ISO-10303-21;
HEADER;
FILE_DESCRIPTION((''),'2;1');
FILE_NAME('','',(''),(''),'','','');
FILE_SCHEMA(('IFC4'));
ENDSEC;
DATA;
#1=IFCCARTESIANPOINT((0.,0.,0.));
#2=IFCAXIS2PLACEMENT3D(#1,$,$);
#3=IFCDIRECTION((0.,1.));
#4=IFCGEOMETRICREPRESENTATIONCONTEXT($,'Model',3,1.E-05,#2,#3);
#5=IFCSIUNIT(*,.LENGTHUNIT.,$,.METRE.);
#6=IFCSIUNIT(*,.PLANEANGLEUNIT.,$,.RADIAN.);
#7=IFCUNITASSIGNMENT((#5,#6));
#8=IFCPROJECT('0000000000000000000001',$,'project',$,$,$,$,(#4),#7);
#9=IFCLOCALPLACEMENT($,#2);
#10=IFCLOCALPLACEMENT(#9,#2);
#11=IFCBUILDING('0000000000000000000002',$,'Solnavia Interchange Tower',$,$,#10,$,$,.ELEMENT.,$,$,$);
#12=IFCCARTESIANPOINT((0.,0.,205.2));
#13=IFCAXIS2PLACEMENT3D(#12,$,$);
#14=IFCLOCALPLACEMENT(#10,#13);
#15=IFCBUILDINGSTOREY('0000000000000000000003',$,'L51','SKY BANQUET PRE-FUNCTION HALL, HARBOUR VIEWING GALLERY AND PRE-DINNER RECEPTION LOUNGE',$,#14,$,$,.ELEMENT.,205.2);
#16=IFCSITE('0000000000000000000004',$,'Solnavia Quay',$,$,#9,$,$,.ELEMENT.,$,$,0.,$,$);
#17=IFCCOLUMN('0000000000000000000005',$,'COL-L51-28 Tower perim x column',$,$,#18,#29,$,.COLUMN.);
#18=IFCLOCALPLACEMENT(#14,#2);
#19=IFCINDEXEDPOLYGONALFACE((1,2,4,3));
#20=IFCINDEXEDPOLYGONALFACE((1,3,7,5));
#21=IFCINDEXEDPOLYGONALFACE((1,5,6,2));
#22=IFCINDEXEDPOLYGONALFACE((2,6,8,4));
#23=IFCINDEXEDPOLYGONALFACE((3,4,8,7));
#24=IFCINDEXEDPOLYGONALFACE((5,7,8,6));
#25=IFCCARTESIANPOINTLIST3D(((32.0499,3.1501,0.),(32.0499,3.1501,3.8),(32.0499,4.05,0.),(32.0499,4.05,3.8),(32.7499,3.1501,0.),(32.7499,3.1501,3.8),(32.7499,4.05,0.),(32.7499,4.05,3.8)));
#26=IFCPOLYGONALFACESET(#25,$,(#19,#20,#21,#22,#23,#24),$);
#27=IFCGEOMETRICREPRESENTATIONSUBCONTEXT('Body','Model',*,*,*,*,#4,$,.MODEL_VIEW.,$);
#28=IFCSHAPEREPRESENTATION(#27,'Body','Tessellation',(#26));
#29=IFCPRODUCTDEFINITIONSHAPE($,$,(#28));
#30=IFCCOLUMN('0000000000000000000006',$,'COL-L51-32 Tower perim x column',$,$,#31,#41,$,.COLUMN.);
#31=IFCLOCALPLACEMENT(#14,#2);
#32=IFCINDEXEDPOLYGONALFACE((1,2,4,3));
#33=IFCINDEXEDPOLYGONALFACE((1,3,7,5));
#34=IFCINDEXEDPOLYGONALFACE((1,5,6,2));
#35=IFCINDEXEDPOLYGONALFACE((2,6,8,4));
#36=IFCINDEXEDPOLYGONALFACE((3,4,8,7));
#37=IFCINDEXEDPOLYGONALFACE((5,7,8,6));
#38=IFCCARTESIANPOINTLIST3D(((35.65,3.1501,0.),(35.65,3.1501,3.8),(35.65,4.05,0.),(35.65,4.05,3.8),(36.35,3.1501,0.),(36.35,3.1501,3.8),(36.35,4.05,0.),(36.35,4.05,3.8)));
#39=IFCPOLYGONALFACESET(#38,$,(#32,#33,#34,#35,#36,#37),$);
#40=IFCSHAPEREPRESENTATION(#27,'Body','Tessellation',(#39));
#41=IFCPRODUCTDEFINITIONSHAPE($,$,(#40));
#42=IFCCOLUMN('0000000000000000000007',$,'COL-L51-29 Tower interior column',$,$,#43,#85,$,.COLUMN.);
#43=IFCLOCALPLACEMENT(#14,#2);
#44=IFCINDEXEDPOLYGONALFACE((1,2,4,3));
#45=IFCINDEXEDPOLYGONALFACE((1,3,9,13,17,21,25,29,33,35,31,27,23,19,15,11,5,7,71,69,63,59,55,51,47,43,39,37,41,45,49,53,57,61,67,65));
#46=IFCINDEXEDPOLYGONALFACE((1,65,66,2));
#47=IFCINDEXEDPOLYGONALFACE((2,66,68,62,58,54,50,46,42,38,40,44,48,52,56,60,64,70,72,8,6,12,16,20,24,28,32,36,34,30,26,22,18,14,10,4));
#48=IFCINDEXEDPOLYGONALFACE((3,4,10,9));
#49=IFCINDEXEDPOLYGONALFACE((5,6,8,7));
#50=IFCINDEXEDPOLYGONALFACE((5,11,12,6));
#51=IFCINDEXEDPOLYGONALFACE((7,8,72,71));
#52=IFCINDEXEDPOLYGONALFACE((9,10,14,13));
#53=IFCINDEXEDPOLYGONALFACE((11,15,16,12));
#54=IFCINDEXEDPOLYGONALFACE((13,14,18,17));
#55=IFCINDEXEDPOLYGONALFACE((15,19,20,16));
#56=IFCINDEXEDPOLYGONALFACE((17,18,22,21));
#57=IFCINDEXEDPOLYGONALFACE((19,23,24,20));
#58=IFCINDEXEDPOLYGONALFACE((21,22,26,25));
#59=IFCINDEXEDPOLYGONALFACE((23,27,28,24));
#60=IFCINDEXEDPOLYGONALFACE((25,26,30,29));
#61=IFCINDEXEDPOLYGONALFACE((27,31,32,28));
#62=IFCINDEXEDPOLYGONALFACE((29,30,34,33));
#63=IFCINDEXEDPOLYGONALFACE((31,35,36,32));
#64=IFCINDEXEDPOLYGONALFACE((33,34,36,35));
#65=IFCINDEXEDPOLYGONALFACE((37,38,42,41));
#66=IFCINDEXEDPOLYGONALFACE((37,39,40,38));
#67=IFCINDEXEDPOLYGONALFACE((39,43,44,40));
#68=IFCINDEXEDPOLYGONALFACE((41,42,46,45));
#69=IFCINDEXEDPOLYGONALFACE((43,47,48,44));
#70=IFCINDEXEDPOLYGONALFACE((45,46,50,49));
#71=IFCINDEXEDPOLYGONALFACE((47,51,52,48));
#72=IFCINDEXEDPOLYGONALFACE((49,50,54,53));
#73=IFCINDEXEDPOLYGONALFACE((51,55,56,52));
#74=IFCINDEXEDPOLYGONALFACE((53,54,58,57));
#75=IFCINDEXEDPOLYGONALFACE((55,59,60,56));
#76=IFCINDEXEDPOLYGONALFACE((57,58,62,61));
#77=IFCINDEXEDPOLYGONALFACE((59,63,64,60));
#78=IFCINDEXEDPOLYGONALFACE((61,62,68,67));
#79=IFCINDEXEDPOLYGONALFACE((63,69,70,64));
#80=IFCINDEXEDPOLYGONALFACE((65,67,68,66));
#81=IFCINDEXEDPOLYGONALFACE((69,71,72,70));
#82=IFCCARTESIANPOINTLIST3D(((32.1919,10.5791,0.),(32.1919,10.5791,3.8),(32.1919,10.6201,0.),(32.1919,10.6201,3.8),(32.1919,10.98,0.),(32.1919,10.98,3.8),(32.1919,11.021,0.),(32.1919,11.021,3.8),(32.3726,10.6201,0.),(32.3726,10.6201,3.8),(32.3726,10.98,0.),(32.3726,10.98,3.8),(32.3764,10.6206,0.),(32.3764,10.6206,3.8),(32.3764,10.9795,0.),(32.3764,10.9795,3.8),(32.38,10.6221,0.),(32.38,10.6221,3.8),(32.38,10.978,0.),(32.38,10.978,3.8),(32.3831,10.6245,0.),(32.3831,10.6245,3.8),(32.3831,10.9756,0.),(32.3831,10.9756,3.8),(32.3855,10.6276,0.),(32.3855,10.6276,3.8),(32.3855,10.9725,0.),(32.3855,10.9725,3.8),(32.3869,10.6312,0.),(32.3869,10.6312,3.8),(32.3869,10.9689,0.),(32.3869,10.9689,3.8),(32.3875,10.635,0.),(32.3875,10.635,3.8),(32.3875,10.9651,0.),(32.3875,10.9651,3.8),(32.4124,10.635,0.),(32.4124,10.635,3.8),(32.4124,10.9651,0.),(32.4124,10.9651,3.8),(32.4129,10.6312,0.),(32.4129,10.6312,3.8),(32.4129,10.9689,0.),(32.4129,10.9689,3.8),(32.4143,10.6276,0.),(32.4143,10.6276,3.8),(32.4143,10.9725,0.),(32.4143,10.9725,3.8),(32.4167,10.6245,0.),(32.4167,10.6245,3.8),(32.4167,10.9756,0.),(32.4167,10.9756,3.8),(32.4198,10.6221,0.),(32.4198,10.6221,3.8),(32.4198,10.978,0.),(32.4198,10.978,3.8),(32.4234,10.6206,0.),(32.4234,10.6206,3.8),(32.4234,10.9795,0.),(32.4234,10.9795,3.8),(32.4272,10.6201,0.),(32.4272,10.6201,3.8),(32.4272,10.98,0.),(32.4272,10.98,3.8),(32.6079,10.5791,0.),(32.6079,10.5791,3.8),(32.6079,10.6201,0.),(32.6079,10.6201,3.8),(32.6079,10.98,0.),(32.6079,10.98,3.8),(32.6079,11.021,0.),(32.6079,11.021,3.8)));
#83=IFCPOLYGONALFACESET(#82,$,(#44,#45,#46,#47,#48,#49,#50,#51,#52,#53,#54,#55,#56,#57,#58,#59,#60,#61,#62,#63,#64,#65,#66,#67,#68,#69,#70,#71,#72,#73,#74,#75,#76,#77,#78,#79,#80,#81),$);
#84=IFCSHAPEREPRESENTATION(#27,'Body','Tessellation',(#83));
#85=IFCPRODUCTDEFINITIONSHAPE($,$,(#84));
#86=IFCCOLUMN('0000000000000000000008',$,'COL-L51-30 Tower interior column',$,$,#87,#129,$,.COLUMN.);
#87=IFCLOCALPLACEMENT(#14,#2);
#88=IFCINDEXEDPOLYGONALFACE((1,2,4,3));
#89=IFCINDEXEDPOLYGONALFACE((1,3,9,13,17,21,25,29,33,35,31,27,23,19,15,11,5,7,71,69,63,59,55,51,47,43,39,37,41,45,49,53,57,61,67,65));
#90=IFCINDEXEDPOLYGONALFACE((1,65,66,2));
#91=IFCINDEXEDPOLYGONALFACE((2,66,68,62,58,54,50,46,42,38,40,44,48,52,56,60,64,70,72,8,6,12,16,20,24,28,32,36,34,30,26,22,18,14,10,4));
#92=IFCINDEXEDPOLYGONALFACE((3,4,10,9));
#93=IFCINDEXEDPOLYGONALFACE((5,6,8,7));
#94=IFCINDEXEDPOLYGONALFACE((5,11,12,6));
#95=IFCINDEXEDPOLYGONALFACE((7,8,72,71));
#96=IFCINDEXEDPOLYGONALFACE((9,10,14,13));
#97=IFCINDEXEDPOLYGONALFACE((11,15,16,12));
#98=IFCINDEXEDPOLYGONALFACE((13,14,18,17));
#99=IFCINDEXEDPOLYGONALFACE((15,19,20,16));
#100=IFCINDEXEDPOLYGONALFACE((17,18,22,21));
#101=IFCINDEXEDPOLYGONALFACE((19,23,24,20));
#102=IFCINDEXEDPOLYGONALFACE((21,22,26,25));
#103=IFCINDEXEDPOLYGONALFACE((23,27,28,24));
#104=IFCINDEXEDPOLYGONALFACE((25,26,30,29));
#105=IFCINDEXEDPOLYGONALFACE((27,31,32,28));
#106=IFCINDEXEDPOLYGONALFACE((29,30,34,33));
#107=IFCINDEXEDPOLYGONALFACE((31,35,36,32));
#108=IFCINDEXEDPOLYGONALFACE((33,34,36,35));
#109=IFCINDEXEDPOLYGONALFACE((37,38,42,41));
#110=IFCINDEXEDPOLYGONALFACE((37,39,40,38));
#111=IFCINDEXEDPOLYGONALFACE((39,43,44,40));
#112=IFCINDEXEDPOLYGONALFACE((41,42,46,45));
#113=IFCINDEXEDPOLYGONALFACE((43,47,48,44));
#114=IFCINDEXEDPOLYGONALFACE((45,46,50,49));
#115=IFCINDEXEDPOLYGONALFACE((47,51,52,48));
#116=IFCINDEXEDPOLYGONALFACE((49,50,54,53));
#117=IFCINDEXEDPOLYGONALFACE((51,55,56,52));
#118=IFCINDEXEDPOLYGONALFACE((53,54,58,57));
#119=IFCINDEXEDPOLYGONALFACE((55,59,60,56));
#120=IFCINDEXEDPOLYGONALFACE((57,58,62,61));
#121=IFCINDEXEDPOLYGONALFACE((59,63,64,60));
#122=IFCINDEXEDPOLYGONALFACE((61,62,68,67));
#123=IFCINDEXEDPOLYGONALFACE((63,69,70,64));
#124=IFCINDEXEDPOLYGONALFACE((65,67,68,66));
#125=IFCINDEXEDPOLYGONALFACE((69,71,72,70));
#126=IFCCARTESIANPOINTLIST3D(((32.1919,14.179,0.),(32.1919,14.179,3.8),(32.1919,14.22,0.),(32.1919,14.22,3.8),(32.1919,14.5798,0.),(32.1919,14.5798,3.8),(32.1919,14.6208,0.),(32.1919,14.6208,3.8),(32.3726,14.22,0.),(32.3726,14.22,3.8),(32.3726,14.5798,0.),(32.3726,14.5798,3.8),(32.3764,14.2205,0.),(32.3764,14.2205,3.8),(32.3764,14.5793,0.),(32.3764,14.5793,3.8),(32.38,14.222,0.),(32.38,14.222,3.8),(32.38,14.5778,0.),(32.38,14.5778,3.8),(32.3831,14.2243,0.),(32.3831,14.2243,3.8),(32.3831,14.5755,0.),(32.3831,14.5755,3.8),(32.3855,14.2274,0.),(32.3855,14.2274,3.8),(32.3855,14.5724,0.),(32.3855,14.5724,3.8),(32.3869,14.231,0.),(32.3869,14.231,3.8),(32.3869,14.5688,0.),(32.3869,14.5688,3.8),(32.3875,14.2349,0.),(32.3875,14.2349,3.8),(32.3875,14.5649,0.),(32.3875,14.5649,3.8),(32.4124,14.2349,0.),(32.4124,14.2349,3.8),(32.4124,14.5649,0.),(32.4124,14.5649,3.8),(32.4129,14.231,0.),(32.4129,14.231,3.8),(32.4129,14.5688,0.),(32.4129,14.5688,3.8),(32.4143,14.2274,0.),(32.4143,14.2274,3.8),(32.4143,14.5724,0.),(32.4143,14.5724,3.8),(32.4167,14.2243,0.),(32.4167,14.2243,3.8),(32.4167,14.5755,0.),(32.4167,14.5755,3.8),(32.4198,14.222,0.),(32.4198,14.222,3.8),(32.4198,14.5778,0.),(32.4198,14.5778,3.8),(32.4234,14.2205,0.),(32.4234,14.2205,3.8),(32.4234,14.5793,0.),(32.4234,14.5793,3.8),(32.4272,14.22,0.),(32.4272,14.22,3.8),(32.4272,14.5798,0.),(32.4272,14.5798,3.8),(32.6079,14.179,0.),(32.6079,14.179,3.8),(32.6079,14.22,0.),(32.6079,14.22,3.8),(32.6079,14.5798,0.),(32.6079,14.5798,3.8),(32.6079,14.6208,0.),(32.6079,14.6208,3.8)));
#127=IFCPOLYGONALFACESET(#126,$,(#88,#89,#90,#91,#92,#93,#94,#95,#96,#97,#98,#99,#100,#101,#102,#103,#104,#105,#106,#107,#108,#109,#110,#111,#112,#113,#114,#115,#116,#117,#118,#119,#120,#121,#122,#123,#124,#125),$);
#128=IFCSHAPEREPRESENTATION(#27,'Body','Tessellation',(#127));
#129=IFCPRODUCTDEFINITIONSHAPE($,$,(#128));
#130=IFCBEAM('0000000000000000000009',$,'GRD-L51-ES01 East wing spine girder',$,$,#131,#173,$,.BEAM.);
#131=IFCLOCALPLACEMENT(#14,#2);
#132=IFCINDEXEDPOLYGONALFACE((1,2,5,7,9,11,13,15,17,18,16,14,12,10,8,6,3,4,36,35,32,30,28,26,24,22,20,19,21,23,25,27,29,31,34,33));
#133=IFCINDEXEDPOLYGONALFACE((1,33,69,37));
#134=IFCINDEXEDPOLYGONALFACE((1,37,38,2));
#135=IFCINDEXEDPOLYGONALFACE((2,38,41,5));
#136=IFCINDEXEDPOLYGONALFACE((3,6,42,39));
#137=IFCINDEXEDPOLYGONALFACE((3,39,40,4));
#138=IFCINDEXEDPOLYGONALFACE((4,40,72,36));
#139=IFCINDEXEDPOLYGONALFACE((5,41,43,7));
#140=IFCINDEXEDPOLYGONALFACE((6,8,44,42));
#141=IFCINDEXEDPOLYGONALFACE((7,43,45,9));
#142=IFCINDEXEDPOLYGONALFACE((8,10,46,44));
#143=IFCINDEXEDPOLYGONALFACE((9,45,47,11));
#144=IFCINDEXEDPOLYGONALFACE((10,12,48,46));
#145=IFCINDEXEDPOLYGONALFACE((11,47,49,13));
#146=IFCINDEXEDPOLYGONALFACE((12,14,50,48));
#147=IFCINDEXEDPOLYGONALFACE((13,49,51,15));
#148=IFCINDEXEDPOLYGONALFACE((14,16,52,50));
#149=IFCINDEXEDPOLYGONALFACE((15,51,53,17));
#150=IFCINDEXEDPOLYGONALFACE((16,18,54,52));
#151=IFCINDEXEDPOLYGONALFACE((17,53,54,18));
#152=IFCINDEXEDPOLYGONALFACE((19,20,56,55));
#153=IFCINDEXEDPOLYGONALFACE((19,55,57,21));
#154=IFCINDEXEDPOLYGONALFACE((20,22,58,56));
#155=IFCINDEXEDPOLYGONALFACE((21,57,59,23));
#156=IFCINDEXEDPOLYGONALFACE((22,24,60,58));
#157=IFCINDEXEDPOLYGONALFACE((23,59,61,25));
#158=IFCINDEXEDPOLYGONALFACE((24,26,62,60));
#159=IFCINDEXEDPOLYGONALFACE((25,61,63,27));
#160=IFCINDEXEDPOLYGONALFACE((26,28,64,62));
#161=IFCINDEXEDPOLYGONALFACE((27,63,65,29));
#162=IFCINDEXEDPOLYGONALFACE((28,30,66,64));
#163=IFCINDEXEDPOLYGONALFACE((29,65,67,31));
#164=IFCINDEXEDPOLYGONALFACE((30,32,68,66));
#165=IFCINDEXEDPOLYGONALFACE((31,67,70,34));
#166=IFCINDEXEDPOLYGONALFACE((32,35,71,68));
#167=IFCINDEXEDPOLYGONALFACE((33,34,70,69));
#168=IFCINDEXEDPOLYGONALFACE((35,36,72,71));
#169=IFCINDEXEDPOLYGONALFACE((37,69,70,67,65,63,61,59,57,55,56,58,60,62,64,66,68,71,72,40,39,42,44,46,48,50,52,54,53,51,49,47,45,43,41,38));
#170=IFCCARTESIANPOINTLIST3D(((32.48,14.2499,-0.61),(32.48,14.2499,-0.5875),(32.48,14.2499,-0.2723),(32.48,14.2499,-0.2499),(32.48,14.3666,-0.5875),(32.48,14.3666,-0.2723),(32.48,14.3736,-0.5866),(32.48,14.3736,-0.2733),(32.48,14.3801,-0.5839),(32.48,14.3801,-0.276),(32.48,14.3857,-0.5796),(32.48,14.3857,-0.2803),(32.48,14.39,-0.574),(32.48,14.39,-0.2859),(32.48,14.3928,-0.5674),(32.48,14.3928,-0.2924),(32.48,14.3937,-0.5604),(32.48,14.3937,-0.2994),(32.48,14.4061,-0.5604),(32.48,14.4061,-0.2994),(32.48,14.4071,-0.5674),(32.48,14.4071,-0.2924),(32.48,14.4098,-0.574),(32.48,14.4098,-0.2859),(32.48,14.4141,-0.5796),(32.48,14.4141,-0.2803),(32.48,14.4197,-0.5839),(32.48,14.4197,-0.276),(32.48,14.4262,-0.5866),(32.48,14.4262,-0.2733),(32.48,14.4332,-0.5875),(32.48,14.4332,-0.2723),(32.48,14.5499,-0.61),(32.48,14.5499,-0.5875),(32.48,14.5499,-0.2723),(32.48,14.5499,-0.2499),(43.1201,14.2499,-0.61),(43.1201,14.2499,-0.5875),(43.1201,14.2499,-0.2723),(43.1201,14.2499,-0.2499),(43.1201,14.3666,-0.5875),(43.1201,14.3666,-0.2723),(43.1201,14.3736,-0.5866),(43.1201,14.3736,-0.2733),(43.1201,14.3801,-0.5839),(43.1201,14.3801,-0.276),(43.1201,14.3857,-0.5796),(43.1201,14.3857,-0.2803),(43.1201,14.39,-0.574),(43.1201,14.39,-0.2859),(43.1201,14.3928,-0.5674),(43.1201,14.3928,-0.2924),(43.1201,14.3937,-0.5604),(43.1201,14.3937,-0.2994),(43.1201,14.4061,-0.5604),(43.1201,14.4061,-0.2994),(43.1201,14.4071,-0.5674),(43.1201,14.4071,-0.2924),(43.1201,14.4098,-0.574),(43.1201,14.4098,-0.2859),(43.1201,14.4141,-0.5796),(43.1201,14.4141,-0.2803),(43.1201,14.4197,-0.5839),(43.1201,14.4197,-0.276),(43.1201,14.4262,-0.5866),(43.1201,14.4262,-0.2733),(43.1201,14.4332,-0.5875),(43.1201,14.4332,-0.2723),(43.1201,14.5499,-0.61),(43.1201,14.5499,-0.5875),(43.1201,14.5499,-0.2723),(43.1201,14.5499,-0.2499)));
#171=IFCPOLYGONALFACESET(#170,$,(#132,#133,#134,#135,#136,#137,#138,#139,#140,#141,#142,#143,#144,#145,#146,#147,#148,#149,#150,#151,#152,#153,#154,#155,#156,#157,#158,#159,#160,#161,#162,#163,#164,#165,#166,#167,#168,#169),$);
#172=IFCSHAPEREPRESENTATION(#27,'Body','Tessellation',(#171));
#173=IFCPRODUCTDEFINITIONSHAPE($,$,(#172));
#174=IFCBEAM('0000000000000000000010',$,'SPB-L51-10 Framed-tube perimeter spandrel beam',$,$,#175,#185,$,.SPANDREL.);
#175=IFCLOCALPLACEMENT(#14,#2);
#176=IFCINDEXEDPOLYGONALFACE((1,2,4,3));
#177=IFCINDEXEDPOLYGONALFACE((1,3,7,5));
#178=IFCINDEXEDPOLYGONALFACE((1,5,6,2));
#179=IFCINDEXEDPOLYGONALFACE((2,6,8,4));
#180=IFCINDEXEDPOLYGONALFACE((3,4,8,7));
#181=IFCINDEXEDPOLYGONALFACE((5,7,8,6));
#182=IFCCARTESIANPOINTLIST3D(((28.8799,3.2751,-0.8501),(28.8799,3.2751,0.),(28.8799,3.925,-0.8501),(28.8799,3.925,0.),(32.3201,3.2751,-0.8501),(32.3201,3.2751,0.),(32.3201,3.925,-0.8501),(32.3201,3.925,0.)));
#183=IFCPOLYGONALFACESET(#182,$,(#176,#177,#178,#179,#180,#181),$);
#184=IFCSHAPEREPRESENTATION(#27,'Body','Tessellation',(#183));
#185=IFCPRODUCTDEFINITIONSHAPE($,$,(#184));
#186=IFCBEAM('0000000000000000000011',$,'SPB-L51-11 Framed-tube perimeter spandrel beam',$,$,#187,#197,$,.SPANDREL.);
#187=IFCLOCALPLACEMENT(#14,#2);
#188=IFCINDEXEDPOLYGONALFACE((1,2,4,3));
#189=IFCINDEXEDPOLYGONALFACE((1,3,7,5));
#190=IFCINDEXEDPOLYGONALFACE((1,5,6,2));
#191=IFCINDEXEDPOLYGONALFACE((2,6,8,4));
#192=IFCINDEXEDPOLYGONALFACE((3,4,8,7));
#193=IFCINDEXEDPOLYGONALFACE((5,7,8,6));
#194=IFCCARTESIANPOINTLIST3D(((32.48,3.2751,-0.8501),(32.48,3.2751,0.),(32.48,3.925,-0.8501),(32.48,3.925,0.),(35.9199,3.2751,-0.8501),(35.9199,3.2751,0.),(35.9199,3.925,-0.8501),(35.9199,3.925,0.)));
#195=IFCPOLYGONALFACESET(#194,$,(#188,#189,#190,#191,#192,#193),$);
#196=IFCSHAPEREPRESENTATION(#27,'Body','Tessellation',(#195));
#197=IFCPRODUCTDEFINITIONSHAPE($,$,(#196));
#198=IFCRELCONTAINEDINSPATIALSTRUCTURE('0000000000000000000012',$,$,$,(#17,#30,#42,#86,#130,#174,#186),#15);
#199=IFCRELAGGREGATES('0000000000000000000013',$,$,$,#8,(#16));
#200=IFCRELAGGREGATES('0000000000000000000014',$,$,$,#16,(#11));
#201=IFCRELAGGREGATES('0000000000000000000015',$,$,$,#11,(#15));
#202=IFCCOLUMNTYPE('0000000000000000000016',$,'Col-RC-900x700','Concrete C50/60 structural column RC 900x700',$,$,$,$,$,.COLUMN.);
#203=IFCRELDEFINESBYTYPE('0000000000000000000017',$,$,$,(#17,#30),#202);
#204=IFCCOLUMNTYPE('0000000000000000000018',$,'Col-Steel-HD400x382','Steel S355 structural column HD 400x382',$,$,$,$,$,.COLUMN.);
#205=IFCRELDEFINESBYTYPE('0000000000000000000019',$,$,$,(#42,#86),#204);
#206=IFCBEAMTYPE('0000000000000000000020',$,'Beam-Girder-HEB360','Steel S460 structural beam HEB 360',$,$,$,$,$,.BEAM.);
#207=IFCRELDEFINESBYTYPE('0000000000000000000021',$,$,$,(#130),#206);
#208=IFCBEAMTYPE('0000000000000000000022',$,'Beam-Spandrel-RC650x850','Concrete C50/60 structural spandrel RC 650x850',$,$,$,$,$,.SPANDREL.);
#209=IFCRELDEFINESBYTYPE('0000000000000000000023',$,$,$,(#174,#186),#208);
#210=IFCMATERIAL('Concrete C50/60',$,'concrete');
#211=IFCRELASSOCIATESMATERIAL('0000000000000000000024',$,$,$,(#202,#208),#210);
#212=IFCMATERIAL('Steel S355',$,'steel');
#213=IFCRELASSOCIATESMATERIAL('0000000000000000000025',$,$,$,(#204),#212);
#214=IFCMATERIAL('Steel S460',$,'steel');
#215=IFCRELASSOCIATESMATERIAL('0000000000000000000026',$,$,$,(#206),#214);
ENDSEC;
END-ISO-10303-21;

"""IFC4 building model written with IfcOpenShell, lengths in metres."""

from ifc_helpers import new_model, si_unit, direction, frame, origin, origin_2d, place, context, subcontext, project, spatial, rectangle, i_section, extrude, material, material_profile, profile_set, type_object, element, save


model = new_model("IFC4")

# Units and contexts
model_context = context("Model", 3, precision=1e-05, world=origin(), true_north=direction((0.0, 1.0)))
body_context = subcontext(model_context, "Body", "Model", "MODEL_VIEW")
ifc_project = project(units=[si_unit("LENGTHUNIT", "METRE"), si_unit("PLANEANGLEUNIT", "RADIAN")], contexts=[model_context])

# Site, building, storey
site_placement = place(None, origin())
site = spatial("IfcSite", under=ifc_project, at=site_placement, Name="Solnavia Quay", CompositionType="ELEMENT", RefElevation=0.0)
building_placement = place(site_placement, origin())
building = spatial("IfcBuilding", under=site, at=building_placement, Name="Solnavia Interchange Tower", CompositionType="ELEMENT")
storey_placement = place(building_placement, frame((0.0, 0.0, 205.2)))
storey = spatial("IfcBuildingStorey", under=building, at=storey_placement, Name="L51", Description="SKY BANQUET PRE-FUNCTION HALL, HARBOUR VIEWING GALLERY AND PRE-DINNER RECEPTION LOUNGE", CompositionType="ELEMENT", Elevation=205.2)

# Columns
ifc_material_1 = material(Name="Concrete C50/60", Category="concrete")
ifc_material_profile_1 = material_profile(ifc_material_1, rectangle(XDim=0.7, YDim=0.8999, at=origin_2d()), Name="RC 900x700")
ifc_profile_set_1 = profile_set([ifc_material_profile_1], Name="Concrete C50/60")
column_type_1 = type_object("IfcColumnType", Name="Col-RC-900x700", Description="Concrete C50/60 structural column RC 900x700", PredefinedType="COLUMN", material=ifc_profile_set_1)
for number, where, z_axis, x_axis, name in (
    (1, (32.3999, 3.6001, 0.0), (0.0, 0.0, 1.0), (1.0, 0.0, 0.0), "COL-L51-28 Tower perim x column"),
    (2, (36.0, 3.6001, 0.0), (0.0, 0.0, 1.0), (1.0, 0.0, 0.0), "COL-L51-32 Tower perim x column"),
):
    element("IfcColumn", number, at=place(storey_placement, frame(where, z_axis=z_axis, x_axis=x_axis)), inside=storey, type_object=column_type_1, Name=name, PredefinedType="COLUMN", context=body_context, shape_type="SweptSolid", body=[
        extrude(rectangle(XDim=0.7, YDim=0.8999, at=origin_2d()), origin(), (0.0, 0.0, 1.0), 3.8),
    ])
ifc_material_2 = material(Name="Steel S355", Category="steel")
ifc_material_profile_2 = material_profile(ifc_material_2, i_section(OverallWidth=0.416, OverallDepth=0.4419, WebThickness=0.0249, FlangeThickness=0.041, FilletRadius=0.0149, at=origin_2d()), Name="HD 400x382")
ifc_profile_set_2 = profile_set([ifc_material_profile_2], Name="Steel S355")
column_type_2 = type_object("IfcColumnType", Name="Col-Steel-HD400x382", Description="Steel S355 structural column HD 400x382", PredefinedType="COLUMN", material=ifc_profile_set_2)
for number, where, z_axis, x_axis, name in (
    (3, (32.3999, 10.8, 0.0), (0.0, 0.0, 1.0), (1.0, 0.0, 0.0), "COL-L51-29 Tower interior column"),
    (4, (32.3999, 14.3999, 0.0), (0.0, 0.0, 1.0), (1.0, 0.0, 0.0), "COL-L51-30 Tower interior column"),
):
    element("IfcColumn", number, at=place(storey_placement, frame(where, z_axis=z_axis, x_axis=x_axis)), inside=storey, type_object=column_type_2, Name=name, PredefinedType="COLUMN", context=body_context, shape_type="SweptSolid", body=[
        extrude(i_section(OverallWidth=0.416, OverallDepth=0.4419, WebThickness=0.0249, FlangeThickness=0.041, FilletRadius=0.0149, at=origin_2d()), origin(), (0.0, 0.0, 1.0), 3.8),
    ])

# Beams
ifc_material_3 = material(Name="Steel S460", Category="steel")
ifc_material_profile_3 = material_profile(ifc_material_3, i_section(OverallWidth=0.3, OverallDepth=0.3601, WebThickness=0.0125, FlangeThickness=0.0225, FilletRadius=0.0271, at=origin_2d()), Name="HEB 360")
ifc_profile_set_3 = profile_set([ifc_material_profile_3], Name="Steel S460")
beam_type_1 = type_object("IfcBeamType", Name="Beam-Girder-HEB360", Description="Steel S460 structural beam HEB 360", PredefinedType="BEAM", material=ifc_profile_set_3)
beam_1_placement = place(storey_placement, frame((32.48, 14.3999, -0.4299), z_axis=(1.0, 0.0, 0.0), x_axis=(0.0, 1.0, 0.0)))
element("IfcBeam", 5, at=beam_1_placement, inside=storey, type_object=beam_type_1, Name="GRD-L51-ES01 East wing spine girder", PredefinedType="BEAM", context=body_context, shape_type="SweptSolid", body=[
    extrude(i_section(OverallWidth=0.3, OverallDepth=0.3601, WebThickness=0.0125, FlangeThickness=0.0225, FilletRadius=0.0271, at=origin_2d()), origin(), (0.0, 0.0, 1.0), 10.6401),
])
ifc_material_profile_4 = material_profile(ifc_material_1, rectangle(XDim=0.6499, YDim=0.8501, at=origin_2d()), Name="RC 650x850")
ifc_profile_set_4 = profile_set([ifc_material_profile_4], Name="Concrete C50/60")
beam_type_2 = type_object("IfcBeamType", Name="Beam-Spandrel-RC650x850", Description="Concrete C50/60 structural spandrel RC 650x850", PredefinedType="SPANDREL", material=ifc_profile_set_4)
beam_2_placement = place(storey_placement, frame((28.8799, 3.6001, -0.425), z_axis=(1.0, 0.0, 0.0), x_axis=(0.0, 1.0, 0.0)))
element("IfcBeam", 6, at=beam_2_placement, inside=storey, type_object=beam_type_2, Name="SPB-L51-10 Framed-tube perimeter spandrel beam", PredefinedType="SPANDREL", context=body_context, shape_type="SweptSolid", body=[
    extrude(rectangle(XDim=0.6499, YDim=0.8501, at=origin_2d()), origin(), (0.0, 0.0, 1.0), 3.4402),
])
beam_3_placement = place(storey_placement, frame((32.48, 3.6001, -0.425), z_axis=(1.0, 0.0, 0.0), x_axis=(0.0, 1.0, 0.0)))
element("IfcBeam", 7, at=beam_3_placement, inside=storey, type_object=beam_type_2, Name="SPB-L51-11 Framed-tube perimeter spandrel beam", PredefinedType="SPANDREL", context=body_context, shape_type="SweptSolid", body=[
    extrude(rectangle(XDim=0.6499, YDim=0.8501, at=origin_2d()), origin(), (0.0, 0.0, 1.0), 3.4399),
])

save(model, "model.ifc")
